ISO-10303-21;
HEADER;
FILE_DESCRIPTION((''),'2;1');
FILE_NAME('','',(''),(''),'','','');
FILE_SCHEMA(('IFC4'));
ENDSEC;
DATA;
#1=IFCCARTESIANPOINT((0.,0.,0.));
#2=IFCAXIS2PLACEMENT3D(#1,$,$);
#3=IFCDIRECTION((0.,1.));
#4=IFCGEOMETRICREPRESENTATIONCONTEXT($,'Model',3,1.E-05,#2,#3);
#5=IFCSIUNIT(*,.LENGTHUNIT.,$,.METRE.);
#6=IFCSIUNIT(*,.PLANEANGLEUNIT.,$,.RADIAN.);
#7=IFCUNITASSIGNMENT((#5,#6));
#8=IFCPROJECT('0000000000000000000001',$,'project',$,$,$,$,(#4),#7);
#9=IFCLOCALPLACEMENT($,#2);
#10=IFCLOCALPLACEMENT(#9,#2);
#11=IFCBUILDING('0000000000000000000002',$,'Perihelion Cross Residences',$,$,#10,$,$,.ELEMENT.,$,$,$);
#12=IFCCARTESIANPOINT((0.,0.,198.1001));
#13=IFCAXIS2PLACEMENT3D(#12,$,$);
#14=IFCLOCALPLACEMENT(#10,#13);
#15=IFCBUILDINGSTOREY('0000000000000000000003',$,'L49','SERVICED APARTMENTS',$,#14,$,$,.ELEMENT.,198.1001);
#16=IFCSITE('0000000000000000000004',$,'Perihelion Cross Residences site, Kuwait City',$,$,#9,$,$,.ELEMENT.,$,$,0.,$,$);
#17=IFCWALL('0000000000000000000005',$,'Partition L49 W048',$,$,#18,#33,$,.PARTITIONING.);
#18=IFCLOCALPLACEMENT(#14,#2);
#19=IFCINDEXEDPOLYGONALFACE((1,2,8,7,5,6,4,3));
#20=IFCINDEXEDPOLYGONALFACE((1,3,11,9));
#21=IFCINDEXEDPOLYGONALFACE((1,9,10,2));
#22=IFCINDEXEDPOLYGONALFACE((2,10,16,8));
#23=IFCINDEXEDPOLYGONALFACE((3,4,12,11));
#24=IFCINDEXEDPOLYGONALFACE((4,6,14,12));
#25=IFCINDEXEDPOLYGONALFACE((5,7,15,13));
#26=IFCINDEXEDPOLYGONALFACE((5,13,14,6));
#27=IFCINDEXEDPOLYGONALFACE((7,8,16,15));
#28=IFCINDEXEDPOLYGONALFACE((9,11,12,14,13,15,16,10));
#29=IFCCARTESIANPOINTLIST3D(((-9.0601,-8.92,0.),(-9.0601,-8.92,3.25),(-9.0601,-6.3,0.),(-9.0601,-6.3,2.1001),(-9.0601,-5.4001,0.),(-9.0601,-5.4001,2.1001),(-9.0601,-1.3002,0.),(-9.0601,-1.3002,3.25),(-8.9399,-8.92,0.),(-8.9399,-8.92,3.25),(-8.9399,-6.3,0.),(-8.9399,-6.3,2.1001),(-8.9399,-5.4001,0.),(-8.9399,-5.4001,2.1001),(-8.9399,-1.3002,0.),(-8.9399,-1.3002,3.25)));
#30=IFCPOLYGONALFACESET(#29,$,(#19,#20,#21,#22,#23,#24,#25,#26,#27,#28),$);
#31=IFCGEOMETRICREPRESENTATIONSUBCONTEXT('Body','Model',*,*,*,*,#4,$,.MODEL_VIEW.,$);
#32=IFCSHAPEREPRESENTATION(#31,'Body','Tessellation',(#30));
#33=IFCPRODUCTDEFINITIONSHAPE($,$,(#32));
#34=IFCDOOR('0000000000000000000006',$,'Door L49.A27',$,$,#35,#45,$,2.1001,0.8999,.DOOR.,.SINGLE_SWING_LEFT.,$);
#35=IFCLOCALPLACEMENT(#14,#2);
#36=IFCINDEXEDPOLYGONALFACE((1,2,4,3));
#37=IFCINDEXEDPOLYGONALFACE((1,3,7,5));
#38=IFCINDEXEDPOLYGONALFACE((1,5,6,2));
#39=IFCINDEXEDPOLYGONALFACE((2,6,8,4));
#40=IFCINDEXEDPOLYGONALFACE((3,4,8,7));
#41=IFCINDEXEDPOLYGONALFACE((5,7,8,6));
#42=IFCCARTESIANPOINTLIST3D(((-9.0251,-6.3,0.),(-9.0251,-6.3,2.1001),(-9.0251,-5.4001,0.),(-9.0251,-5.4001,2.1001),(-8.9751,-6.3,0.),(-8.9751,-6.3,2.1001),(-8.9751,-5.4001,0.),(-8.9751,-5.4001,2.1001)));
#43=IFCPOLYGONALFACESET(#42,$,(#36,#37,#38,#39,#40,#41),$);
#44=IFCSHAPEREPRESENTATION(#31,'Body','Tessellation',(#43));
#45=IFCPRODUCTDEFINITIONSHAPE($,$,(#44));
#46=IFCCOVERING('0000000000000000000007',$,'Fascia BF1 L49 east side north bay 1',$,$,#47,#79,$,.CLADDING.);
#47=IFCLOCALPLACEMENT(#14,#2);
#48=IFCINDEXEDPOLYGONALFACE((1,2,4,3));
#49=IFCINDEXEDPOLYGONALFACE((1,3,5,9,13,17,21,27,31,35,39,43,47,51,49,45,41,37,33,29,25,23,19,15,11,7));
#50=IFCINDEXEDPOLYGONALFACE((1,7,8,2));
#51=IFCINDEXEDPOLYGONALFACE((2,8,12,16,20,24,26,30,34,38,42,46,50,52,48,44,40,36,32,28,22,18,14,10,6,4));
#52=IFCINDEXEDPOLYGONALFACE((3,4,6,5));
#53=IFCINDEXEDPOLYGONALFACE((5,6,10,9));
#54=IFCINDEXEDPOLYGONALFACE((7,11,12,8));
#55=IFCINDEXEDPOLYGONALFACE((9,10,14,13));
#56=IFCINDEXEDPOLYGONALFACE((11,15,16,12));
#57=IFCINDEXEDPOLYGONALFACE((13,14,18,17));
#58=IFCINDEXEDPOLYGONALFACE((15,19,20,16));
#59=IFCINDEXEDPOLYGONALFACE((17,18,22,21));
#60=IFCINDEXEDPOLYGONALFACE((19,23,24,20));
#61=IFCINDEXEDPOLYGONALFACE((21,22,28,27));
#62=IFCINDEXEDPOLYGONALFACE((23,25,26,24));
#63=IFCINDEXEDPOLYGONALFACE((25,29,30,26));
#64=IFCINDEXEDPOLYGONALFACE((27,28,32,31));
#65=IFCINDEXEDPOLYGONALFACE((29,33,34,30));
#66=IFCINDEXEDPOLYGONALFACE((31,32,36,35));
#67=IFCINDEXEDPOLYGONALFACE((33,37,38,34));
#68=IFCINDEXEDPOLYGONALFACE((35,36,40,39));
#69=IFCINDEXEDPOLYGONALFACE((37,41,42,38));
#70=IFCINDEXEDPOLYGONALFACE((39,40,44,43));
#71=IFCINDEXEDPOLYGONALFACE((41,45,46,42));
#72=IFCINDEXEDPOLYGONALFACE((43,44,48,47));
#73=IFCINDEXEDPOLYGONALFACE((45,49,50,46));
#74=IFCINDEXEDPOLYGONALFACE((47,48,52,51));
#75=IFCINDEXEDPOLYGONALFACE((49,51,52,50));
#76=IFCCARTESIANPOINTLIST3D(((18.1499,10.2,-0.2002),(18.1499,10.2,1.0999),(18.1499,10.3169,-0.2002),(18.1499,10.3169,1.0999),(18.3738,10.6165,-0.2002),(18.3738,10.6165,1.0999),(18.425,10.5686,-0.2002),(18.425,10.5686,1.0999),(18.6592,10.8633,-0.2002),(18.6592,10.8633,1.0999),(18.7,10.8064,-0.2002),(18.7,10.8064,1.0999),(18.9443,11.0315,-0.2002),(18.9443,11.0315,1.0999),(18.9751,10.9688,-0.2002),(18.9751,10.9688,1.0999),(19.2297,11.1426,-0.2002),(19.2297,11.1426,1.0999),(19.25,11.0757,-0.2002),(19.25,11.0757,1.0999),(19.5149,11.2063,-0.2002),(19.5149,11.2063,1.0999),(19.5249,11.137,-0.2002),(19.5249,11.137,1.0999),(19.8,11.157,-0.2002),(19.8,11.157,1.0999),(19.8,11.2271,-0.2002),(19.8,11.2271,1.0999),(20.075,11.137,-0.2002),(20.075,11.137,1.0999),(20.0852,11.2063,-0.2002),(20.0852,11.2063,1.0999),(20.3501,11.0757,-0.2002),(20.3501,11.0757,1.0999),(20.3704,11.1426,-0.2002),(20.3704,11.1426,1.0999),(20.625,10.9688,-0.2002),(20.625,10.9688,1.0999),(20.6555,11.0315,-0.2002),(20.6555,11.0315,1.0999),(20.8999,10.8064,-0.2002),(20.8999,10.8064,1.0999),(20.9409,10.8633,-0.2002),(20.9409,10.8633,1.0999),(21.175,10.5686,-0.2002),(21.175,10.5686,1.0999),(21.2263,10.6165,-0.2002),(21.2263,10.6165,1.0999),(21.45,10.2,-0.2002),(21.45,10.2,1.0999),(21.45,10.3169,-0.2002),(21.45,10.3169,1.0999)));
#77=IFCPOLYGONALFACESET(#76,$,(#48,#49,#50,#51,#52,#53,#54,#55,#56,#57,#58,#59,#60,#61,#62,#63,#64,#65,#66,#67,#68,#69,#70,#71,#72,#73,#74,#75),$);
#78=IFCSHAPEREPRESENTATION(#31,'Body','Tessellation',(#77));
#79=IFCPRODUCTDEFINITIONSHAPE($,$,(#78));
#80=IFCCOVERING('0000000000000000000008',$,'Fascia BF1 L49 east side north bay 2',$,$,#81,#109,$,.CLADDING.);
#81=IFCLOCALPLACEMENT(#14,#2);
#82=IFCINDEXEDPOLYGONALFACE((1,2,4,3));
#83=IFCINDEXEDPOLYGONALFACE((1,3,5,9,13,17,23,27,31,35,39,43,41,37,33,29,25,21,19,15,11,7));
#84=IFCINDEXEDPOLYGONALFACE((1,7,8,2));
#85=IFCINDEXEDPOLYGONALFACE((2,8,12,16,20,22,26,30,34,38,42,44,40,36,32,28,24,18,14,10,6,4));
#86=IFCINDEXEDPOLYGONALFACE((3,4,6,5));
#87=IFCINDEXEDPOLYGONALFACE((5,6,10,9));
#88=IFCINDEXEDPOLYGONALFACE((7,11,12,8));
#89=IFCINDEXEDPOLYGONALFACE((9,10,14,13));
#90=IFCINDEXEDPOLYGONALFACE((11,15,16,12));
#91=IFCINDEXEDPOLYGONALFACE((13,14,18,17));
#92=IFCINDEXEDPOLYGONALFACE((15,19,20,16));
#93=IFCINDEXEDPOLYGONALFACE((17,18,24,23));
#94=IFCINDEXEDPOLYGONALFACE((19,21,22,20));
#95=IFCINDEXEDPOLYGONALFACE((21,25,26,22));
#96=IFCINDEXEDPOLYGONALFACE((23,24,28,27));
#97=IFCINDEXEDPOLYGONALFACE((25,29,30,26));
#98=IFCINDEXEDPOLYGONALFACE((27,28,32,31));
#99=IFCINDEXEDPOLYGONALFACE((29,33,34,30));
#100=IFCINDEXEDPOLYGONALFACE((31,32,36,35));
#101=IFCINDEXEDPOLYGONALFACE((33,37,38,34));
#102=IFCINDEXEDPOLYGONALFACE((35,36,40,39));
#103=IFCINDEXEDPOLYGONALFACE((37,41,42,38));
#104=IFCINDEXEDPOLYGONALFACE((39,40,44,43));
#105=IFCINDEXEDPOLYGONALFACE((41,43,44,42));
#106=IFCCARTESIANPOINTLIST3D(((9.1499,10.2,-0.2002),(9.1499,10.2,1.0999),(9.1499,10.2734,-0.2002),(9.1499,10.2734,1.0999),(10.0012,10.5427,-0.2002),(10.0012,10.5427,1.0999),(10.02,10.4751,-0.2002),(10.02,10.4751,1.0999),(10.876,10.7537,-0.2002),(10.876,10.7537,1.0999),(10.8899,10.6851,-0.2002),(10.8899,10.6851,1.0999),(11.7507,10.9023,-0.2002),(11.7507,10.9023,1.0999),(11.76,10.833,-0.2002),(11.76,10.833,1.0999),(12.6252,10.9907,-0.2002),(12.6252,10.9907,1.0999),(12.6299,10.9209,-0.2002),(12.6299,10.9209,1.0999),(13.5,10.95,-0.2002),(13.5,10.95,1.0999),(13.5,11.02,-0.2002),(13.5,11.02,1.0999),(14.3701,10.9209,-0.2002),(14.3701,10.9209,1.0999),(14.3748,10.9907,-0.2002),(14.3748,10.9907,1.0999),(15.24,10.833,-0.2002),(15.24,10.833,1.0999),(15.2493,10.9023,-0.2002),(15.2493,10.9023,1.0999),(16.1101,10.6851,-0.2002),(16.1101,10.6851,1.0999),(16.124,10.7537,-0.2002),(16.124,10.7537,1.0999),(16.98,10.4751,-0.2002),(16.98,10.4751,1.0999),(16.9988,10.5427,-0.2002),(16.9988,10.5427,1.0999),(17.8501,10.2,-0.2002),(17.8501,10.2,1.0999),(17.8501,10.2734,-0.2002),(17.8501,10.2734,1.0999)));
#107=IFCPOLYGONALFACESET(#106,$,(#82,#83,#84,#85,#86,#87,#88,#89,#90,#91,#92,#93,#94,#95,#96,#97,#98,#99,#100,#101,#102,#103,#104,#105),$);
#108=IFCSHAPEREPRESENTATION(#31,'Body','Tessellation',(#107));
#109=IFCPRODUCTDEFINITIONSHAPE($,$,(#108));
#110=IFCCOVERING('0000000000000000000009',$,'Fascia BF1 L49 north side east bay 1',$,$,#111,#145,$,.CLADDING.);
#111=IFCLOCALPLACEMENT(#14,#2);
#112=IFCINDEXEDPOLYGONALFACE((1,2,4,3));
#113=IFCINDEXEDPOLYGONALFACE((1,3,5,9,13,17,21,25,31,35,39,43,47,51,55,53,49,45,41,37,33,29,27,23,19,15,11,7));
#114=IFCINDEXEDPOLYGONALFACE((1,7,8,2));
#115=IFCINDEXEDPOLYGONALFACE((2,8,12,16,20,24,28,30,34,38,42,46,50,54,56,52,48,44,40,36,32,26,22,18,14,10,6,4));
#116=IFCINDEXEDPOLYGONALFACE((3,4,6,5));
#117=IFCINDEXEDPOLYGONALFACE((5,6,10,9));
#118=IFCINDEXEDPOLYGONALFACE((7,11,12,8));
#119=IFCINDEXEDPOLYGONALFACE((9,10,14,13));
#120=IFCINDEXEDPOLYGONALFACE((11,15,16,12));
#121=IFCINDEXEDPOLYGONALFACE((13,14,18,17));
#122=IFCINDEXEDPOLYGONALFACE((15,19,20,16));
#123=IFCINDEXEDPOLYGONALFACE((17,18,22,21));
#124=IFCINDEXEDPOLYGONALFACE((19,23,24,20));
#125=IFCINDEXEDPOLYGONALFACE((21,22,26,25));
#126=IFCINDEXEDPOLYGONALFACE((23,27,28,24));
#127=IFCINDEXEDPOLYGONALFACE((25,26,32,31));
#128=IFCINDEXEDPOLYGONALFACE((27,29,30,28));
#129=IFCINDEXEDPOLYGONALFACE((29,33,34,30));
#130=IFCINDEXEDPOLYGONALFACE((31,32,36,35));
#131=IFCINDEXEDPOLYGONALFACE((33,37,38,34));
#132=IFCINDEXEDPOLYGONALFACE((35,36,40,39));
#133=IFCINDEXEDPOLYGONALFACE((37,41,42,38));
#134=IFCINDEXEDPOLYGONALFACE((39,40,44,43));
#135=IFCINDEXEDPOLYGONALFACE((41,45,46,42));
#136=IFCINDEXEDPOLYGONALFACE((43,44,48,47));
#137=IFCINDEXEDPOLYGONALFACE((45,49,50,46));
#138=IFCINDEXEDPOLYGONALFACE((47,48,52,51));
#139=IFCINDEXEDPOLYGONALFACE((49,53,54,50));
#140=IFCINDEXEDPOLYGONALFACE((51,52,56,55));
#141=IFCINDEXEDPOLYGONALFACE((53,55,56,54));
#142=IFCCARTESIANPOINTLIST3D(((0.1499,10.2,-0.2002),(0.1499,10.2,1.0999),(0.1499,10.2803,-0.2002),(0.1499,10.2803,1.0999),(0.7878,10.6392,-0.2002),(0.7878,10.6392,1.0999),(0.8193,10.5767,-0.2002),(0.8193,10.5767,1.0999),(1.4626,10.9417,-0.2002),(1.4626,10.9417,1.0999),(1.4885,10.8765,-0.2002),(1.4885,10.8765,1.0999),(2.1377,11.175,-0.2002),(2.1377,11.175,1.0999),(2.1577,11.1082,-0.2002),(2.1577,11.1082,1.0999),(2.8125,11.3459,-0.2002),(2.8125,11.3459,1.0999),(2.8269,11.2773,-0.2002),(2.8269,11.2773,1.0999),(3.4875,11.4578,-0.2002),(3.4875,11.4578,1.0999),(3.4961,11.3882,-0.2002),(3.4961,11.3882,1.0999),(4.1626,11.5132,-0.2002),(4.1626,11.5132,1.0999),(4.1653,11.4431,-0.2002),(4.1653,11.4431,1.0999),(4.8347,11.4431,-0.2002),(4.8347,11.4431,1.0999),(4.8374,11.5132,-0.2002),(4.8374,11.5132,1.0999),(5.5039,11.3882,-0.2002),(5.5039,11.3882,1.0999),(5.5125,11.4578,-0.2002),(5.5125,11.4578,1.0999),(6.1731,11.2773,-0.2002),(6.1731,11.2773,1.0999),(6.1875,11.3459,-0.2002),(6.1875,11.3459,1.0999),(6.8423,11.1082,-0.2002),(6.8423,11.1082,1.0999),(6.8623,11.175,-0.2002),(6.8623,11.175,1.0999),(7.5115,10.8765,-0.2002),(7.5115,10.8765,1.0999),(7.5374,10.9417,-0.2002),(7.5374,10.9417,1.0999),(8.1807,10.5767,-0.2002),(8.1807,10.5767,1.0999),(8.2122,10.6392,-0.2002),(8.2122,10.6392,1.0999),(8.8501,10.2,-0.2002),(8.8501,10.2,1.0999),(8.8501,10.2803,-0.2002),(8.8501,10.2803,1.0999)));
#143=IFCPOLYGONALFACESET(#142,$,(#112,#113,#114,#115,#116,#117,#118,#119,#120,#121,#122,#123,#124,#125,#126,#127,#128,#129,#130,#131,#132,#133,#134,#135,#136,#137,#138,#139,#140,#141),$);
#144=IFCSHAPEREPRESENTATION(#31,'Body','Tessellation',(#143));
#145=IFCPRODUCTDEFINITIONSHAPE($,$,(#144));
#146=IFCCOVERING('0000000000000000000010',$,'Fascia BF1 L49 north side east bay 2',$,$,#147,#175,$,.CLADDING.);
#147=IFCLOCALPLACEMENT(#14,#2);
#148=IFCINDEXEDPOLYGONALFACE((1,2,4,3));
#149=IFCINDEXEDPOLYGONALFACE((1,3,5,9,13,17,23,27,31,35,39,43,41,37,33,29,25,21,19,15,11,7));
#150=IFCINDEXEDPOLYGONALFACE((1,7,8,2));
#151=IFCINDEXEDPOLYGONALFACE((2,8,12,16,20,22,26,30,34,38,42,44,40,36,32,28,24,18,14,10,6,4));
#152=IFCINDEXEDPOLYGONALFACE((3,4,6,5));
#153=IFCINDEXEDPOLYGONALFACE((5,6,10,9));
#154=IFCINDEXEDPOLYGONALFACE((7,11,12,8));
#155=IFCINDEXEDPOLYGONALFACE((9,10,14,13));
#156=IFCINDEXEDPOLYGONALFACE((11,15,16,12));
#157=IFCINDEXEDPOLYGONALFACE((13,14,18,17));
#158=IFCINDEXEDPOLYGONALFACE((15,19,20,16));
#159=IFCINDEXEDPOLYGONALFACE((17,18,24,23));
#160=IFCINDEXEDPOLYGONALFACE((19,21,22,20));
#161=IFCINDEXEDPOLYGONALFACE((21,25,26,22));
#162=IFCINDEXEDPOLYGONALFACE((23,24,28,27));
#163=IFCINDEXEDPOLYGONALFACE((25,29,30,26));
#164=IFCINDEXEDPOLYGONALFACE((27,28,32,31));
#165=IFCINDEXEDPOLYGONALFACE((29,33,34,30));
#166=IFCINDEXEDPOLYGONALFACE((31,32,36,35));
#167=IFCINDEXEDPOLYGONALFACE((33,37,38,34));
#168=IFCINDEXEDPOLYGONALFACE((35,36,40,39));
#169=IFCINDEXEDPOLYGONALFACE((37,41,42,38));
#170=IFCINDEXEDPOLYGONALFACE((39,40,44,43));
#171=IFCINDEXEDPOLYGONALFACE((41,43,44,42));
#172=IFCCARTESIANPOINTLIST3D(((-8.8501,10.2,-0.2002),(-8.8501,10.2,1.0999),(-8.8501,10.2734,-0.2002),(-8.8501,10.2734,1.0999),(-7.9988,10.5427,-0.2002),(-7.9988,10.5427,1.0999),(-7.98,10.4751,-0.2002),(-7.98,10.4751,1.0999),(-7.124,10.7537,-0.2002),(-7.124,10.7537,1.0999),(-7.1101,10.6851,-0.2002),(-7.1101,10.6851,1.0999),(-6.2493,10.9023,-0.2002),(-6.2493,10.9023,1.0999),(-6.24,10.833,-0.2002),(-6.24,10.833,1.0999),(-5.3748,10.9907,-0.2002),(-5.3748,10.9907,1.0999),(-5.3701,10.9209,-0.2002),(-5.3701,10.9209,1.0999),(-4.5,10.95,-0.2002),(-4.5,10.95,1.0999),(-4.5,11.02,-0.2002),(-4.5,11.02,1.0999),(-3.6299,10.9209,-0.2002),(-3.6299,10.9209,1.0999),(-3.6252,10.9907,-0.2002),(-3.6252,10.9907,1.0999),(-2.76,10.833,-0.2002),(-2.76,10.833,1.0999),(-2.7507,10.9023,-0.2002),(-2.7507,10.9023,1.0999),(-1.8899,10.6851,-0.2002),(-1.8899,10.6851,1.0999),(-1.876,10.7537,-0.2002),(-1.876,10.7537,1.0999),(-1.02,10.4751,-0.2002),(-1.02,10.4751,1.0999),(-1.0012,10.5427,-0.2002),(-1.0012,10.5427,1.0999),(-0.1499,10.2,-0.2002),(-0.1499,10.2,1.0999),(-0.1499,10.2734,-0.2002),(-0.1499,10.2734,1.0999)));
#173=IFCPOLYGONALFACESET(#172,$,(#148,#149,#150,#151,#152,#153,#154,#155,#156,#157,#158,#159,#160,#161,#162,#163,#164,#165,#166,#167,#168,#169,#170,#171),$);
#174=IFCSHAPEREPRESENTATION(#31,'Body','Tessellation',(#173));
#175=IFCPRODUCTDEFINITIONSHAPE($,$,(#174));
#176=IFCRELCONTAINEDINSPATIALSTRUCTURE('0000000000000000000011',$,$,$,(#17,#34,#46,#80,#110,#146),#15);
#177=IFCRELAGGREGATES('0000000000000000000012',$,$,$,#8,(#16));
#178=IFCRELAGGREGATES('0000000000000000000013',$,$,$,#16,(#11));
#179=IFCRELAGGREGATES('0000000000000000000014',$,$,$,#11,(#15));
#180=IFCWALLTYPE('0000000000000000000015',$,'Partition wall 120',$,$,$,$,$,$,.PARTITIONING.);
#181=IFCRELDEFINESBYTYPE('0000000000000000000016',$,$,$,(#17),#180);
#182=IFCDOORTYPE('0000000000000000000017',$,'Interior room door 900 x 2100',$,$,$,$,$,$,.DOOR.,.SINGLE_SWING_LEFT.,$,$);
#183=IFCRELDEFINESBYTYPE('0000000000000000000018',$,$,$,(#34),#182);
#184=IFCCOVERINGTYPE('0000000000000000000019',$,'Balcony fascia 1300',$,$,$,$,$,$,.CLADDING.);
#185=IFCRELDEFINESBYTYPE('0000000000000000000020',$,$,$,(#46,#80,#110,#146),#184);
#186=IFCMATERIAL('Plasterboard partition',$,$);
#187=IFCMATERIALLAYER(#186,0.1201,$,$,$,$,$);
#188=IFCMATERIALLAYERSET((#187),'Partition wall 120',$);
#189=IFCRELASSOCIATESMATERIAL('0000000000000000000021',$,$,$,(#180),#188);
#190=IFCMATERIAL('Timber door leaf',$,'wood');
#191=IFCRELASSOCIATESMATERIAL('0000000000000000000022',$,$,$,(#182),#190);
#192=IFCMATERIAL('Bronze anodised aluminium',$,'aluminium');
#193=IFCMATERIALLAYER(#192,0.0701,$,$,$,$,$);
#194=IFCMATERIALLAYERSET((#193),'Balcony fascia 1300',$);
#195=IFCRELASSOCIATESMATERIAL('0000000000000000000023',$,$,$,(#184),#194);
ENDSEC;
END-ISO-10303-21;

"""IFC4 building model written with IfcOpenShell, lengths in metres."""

from ifc_helpers import new_model, si_unit, direction, frame, frame_2d, origin, place, context, subcontext, project, spatial, polyline, rectangle, outline, extrude, material, layer, layer_set, type_object, element, fill, save


model = new_model("IFC4")

# Units and contexts
model_context = context("Model", 3, precision=1e-05, world=origin(), true_north=direction((0.0, 1.0)))
body_context = subcontext(model_context, "Body", "Model", "MODEL_VIEW")
ifc_project = project(units=[si_unit("LENGTHUNIT", "METRE"), si_unit("PLANEANGLEUNIT", "RADIAN")], contexts=[model_context])

# Site, building, storey
site_placement = place(None, origin())
site = spatial("IfcSite", under=ifc_project, at=site_placement, Name="Perihelion Cross Residences site, Kuwait City", CompositionType="ELEMENT", RefElevation=0.0)
building_placement = place(site_placement, origin())
building = spatial("IfcBuilding", under=site, at=building_placement, Name="Perihelion Cross Residences", CompositionType="ELEMENT")
storey_placement = place(building_placement, frame((0.0, 0.0, 198.1001)))
storey = spatial("IfcBuildingStorey", under=building, at=storey_placement, Name="L49", Description="SERVICED APARTMENTS", CompositionType="ELEMENT", Elevation=198.1001)

# Wall, opening, door
ifc_material_1 = material(Name="Plasterboard partition")
ifc_layer_1 = layer(ifc_material_1, 0.1201)
ifc_layer_set_1 = layer_set([ifc_layer_1], Name="Partition wall 120")
wall_type_1 = type_object("IfcWallType", Name="Partition wall 120", PredefinedType="PARTITIONING", material=ifc_layer_set_1)
wall_1_placement = place(storey_placement, frame((-9.0, -1.3, 0.0), z_axis=(0.0, 0.0, 1.0), x_axis=(0.0, -1.0, 0.0)))
wall_1 = element("IfcWall", 1, at=wall_1_placement, inside=storey, type_object=wall_type_1, Name="Partition L49 W048", PredefinedType="PARTITIONING", context=body_context, shape_type="SweptSolid", body=[
    extrude(rectangle(XDim=7.6199, YDim=0.1201, at=frame_2d((3.8101, 0.0))), origin(), (0.0, 0.0, 1.0), 3.25),
])
opening_1_placement = place(wall_1_placement, frame((4.1001, 0.0, 0.0)))
opening_1 = element("IfcOpeningElement", 2, at=opening_1_placement, cuts=wall_1, PredefinedType="OPENING", context=body_context, shape_type="SweptSolid", body=[
    extrude(rectangle(XDim=0.8999, YDim=2.1001, at=frame_2d((0.45, 1.05))), frame((0.0, 0.0701, 0.0), z_axis=(0.0, -1.0, 0.0), x_axis=(1.0, 0.0, 0.0)), (0.0, 0.0, 1.0), 0.1401),
])
ifc_material_2 = material(Name="Timber door leaf", Category="wood")
door_type_1 = type_object("IfcDoorType", Name="Interior room door 900 x 2100", OperationType="SINGLE_SWING_LEFT", PredefinedType="DOOR", material=ifc_material_2)
door_1_placement = place(opening_1_placement, origin())
door_1 = element("IfcDoor", 3, at=door_1_placement, inside=storey, type_object=door_type_1, Name="Door L49.A27", OperationType="SINGLE_SWING_LEFT", OverallHeight=2.1001, OverallWidth=0.8999, PredefinedType="DOOR", context=body_context, shape_type="SweptSolid", body=[
    extrude(rectangle(XDim=0.8999, YDim=2.1001, at=frame_2d((0.45, 1.05))), frame((0.0, 0.0249, 0.0), z_axis=(0.0, -1.0, 0.0), x_axis=(1.0, 0.0, 0.0)), (0.0, 0.0, 1.0), 0.05),
])
fill(opening_1, door_1)

# Coverings
ifc_material_3 = material(Name="Bronze anodised aluminium", Category="aluminium")
ifc_layer_2 = layer(ifc_material_3, 0.0701)
ifc_layer_set_2 = layer_set([ifc_layer_2], Name="Balcony fascia 1300")
covering_type = type_object("IfcCoveringType", Name="Balcony fascia 1300", PredefinedType="CLADDING", material=ifc_layer_set_2)
covering_1_placement = place(storey_placement, frame((0.0, 0.0, -0.2002)))
element("IfcCovering", 4, at=covering_1_placement, inside=storey, type_object=covering_type, Name="Fascia BF1 L49 east side north bay 1", PredefinedType="CLADDING", context=body_context, shape_type="SweptSolid", body=[
    extrude(outline(polyline([(21.2263, 10.6165), (20.9409, 10.8633), (20.6555, 11.0315), (20.3704, 11.1426), (20.0852, 11.2063), (19.8, 11.2271), (19.5149, 11.2063), (19.2297, 11.1426), (18.9443, 11.0315), (18.6592, 10.8633), (18.3738, 10.6165), (18.1499, 10.3169), (18.1499, 10.2), (18.425, 10.5686), (18.7, 10.8064), (18.9751, 10.9688), (19.25, 11.0757), (19.5249, 11.137), (19.8, 11.157), (20.075, 11.137), (20.3501, 11.0757), (20.625, 10.9688), (20.8999, 10.8064), (21.175, 10.5686), (21.45, 10.2), (21.45, 10.3169), (21.2263, 10.6165)])), origin(), (0.0, 0.0, 1.0), 1.3),
])
covering_2_placement = place(storey_placement, frame((0.0, 0.0, -0.2002)))
element("IfcCovering", 5, at=covering_2_placement, inside=storey, type_object=covering_type, Name="Fascia BF1 L49 east side north bay 2", PredefinedType="CLADDING", context=body_context, shape_type="SweptSolid", body=[
    extrude(outline(polyline([(16.9988, 10.5427), (16.124, 10.7537), (15.2493, 10.9023), (14.3748, 10.9907), (13.5, 11.02), (12.6252, 10.9907), (11.7507, 10.9023), (10.876, 10.7537), (10.0012, 10.5427), (9.1499, 10.2734), (9.1499, 10.2), (10.02, 10.4751), (10.8899, 10.6851), (11.76, 10.833), (12.6299, 10.9209), (13.5, 10.95), (14.3701, 10.9209), (15.24, 10.833), (16.1101, 10.6851), (16.98, 10.4751), (17.8501, 10.2), (17.8501, 10.2734), (16.9988, 10.5427)])), origin(), (0.0, 0.0, 1.0), 1.3),
])
covering_3_placement = place(storey_placement, frame((0.0, 0.0, -0.2002)))
element("IfcCovering", 6, at=covering_3_placement, inside=storey, type_object=covering_type, Name="Fascia BF1 L49 north side east bay 1", PredefinedType="CLADDING", context=body_context, shape_type="SweptSolid", body=[
    extrude(outline(polyline([(8.2122, 10.6392), (7.5374, 10.9417), (6.8623, 11.175), (6.1875, 11.3459), (5.5125, 11.4578), (4.8374, 11.5132), (4.1626, 11.5132), (3.4875, 11.4578), (2.8125, 11.3459), (2.1377, 11.175), (1.4626, 10.9417), (0.7878, 10.6392), (0.1499, 10.2803), (0.1499, 10.2), (0.8193, 10.5767), (1.4885, 10.8765), (2.1577, 11.1082), (2.8269, 11.2773), (3.4961, 11.3882), (4.1653, 11.4431), (4.8347, 11.4431), (5.5039, 11.3882), (6.1731, 11.2773), (6.8423, 11.1082), (7.5115, 10.8765), (8.1807, 10.5767), (8.8501, 10.2), (8.8501, 10.2803), (8.2122, 10.6392)])), origin(), (0.0, 0.0, 1.0), 1.3),
])
covering_4_placement = place(storey_placement, frame((0.0, 0.0, -0.2002)))
element("IfcCovering", 7, at=covering_4_placement, inside=storey, type_object=covering_type, Name="Fascia BF1 L49 north side east bay 2", PredefinedType="CLADDING", context=body_context, shape_type="SweptSolid", body=[
    extrude(outline(polyline([(-1.0012, 10.5427), (-1.876, 10.7537), (-2.7507, 10.9023), (-3.6252, 10.9907), (-4.5, 11.02), (-5.3748, 10.9907), (-6.2493, 10.9023), (-7.124, 10.7537), (-7.9988, 10.5427), (-8.8501, 10.2734), (-8.8501, 10.2), (-7.98, 10.4751), (-7.1101, 10.6851), (-6.24, 10.833), (-5.3701, 10.9209), (-4.5, 10.95), (-3.6299, 10.9209), (-2.76, 10.833), (-1.8899, 10.6851), (-1.02, 10.4751), (-0.1499, 10.2), (-0.1499, 10.2734), (-1.0012, 10.5427)])), origin(), (0.0, 0.0, 1.0), 1.3),
])

save(model, "model.ifc")
